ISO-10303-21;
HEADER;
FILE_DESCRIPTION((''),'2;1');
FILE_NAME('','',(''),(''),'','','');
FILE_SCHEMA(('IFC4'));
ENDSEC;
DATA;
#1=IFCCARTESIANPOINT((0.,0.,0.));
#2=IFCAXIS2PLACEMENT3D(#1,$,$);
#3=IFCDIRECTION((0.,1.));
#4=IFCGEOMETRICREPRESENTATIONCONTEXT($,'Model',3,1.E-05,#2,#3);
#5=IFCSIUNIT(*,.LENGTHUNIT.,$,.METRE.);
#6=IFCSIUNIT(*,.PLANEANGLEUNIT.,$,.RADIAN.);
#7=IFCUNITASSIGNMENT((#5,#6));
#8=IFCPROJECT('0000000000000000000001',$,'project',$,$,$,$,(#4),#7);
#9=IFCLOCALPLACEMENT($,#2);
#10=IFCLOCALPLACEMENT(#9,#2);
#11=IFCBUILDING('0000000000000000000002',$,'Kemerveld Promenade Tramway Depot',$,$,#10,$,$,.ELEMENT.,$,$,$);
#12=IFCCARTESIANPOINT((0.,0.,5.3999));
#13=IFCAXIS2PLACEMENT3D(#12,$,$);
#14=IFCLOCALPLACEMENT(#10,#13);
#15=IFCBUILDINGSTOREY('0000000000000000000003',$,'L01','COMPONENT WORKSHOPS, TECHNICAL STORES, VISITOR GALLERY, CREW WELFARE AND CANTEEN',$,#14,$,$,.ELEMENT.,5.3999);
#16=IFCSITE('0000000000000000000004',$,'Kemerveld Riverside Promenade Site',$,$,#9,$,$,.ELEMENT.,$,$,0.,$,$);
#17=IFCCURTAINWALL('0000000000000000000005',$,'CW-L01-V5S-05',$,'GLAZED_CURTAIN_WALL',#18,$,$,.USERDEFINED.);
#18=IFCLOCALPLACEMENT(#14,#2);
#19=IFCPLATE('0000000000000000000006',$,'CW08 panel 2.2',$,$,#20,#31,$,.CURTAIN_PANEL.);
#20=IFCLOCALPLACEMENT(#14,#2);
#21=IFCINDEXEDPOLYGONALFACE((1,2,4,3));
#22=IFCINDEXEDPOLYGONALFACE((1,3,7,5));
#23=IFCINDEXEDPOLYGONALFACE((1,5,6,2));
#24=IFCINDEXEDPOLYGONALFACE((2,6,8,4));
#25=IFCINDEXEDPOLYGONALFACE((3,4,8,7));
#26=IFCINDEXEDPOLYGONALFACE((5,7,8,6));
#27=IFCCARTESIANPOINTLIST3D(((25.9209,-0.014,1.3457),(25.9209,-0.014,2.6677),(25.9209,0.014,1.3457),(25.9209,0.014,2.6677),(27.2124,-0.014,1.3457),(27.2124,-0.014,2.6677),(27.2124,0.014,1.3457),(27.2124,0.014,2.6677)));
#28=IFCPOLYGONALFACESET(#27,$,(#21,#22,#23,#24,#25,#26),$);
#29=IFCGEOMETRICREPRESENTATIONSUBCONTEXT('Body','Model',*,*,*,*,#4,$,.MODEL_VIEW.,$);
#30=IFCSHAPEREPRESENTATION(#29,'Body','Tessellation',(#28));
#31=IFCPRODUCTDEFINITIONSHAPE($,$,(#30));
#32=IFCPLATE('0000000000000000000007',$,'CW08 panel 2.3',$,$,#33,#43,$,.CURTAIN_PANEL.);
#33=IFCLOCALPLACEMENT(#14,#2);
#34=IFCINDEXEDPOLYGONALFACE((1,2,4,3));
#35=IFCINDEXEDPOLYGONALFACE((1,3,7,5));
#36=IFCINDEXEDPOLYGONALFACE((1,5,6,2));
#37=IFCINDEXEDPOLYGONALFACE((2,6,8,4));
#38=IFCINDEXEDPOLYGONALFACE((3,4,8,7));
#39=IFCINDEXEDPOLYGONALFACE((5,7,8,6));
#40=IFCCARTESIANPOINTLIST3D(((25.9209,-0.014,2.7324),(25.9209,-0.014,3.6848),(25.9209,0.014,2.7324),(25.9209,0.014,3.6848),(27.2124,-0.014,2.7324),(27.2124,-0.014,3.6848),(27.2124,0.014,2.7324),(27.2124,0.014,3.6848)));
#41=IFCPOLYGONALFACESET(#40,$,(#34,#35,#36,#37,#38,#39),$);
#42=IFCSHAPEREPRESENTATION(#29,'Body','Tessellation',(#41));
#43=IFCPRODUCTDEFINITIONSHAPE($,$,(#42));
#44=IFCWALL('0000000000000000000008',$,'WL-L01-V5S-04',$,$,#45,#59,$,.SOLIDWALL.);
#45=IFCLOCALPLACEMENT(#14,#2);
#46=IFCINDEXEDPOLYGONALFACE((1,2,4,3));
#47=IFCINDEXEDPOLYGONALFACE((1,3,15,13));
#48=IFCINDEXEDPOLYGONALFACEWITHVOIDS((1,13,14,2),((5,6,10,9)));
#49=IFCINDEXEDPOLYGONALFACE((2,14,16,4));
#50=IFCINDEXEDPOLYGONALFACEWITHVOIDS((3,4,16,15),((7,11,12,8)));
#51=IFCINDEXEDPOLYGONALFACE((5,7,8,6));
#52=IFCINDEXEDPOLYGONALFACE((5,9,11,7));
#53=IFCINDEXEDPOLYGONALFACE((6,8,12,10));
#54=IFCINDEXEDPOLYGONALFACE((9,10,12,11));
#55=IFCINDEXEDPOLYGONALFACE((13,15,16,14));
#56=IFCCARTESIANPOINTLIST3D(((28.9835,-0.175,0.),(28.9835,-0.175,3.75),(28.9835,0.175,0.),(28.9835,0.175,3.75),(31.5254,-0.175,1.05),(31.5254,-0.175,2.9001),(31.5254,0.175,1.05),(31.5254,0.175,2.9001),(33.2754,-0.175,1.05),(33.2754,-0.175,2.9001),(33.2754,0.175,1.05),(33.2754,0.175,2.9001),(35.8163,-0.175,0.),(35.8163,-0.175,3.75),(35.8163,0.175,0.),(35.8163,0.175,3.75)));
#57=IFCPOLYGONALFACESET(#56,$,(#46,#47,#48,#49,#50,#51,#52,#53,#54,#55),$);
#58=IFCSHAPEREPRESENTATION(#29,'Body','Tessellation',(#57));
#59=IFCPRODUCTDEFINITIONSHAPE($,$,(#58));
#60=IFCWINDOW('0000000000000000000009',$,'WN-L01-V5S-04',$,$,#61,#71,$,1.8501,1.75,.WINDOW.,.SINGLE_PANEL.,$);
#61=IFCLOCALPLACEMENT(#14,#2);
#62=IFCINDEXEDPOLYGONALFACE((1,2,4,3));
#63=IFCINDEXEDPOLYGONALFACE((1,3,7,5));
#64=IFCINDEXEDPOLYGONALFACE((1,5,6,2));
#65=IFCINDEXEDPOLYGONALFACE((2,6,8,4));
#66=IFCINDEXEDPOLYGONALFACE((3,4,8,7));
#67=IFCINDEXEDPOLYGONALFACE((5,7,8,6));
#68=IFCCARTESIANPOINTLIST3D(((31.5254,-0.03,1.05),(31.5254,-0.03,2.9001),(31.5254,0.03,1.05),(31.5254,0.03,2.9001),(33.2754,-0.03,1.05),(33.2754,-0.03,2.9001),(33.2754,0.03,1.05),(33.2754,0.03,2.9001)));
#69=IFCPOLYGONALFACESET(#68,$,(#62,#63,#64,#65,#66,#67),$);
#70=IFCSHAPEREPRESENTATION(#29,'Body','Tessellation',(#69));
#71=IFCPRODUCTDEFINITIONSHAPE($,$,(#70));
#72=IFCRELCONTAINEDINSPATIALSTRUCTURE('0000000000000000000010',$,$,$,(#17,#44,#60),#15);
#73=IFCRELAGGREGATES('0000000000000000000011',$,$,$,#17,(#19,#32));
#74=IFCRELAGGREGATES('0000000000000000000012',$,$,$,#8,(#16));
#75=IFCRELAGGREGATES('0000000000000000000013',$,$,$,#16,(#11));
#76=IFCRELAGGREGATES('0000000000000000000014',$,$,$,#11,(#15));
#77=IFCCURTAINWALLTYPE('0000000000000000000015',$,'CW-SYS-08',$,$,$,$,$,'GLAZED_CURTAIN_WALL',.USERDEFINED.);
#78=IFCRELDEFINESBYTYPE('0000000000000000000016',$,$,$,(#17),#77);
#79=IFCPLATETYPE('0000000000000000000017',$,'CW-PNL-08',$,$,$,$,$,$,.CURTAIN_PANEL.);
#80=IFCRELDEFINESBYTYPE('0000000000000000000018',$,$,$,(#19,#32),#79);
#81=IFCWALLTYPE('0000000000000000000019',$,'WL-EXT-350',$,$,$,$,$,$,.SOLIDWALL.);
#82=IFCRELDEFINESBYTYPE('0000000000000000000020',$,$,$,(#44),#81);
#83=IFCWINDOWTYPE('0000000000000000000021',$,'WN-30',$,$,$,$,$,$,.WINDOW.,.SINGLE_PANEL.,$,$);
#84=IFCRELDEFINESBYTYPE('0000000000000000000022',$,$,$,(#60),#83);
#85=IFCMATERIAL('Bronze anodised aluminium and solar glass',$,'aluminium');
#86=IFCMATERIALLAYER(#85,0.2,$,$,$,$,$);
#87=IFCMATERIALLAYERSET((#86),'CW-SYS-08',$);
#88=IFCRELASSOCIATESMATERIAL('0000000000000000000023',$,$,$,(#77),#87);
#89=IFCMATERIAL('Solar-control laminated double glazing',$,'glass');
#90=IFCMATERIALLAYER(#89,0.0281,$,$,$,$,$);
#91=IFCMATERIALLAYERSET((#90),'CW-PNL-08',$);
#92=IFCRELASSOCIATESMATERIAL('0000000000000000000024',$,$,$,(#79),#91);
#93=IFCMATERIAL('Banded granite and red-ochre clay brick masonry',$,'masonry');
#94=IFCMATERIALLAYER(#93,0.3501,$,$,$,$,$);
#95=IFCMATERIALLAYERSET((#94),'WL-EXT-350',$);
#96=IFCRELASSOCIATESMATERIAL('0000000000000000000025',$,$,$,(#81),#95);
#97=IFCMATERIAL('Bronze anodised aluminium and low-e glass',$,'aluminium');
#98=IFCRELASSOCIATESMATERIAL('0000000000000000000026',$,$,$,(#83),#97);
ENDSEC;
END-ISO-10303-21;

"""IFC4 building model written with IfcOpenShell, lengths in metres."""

from ifc_helpers import new_model, si_unit, direction, frame, frame_2d, origin, origin_2d, place, context, subcontext, project, spatial, rectangle, extrude, material, layer, layer_set, type_object, element, fill, aggregate, save


model = new_model("IFC4")

# Units and contexts
model_context = context("Model", 3, precision=1e-05, world=origin(), true_north=direction((0.0, 1.0)))
body_context = subcontext(model_context, "Body", "Model", "MODEL_VIEW")
ifc_project = project(units=[si_unit("LENGTHUNIT", "METRE"), si_unit("PLANEANGLEUNIT", "RADIAN")], contexts=[model_context])

# Site, building, storey
site_placement = place(None, origin())
site = spatial("IfcSite", under=ifc_project, at=site_placement, Name="Kemerveld Riverside Promenade Site", CompositionType="ELEMENT", RefElevation=0.0)
building_placement = place(site_placement, origin())
building = spatial("IfcBuilding", under=site, at=building_placement, Name="Kemerveld Promenade Tramway Depot", CompositionType="ELEMENT")
storey_placement = place(building_placement, frame((0.0, 0.0, 5.3999)))
storey = spatial("IfcBuildingStorey", under=building, at=storey_placement, Name="L01", Description="COMPONENT WORKSHOPS, TECHNICAL STORES, VISITOR GALLERY, CREW WELFARE AND CANTEEN", CompositionType="ELEMENT", Elevation=5.3999)

# Curtain wall, plates
ifc_material_1 = material(Name="Bronze anodised aluminium and solar glass", Category="aluminium")
ifc_layer_1 = layer(ifc_material_1, 0.2)
ifc_layer_set_1 = layer_set([ifc_layer_1], Name="CW-SYS-08")
curtain_wall_type = type_object("IfcCurtainWallType", Name="CW-SYS-08", ElementType="GLAZED_CURTAIN_WALL", PredefinedType="USERDEFINED", material=ifc_layer_set_1)
curtain_wall_placement = place(storey_placement, origin())
curtain_wall = element("IfcCurtainWall", 1, at=curtain_wall_placement, inside=storey, type_object=curtain_wall_type, Name="CW-L01-V5S-05", ObjectType="GLAZED_CURTAIN_WALL", PredefinedType="USERDEFINED")
ifc_material_2 = material(Name="Solar-control laminated double glazing", Category="glass")
ifc_layer_2 = layer(ifc_material_2, 0.0281)
ifc_layer_set_2 = layer_set([ifc_layer_2], Name="CW-PNL-08")
plate_type = type_object("IfcPlateType", Name="CW-PNL-08", PredefinedType="CURTAIN_PANEL", material=ifc_layer_set_2)
plate_1_placement = place(storey_placement, frame((26.5667, 0.0, 1.3457), z_axis=(0.0, 0.0, 1.0), x_axis=(-1.0, 0.0, 0.0)))
plate_1 = element("IfcPlate", 2, at=plate_1_placement, type_object=plate_type, Name="CW08 panel 2.2", PredefinedType="CURTAIN_PANEL", context=body_context, shape_type="SweptSolid", body=[
    extrude(rectangle(XDim=1.2915, YDim=0.0281, at=origin_2d()), origin(), (0.0, 0.0, 1.0), 1.322),
])
plate_2_placement = place(storey_placement, frame((26.5667, 0.0, 2.7324), z_axis=(0.0, 0.0, 1.0), x_axis=(-1.0, 0.0, 0.0)))
plate_2 = element("IfcPlate", 3, at=plate_2_placement, type_object=plate_type, Name="CW08 panel 2.3", PredefinedType="CURTAIN_PANEL", context=body_context, shape_type="SweptSolid", body=[
    extrude(rectangle(XDim=1.2915, YDim=0.0281, at=origin_2d()), origin(), (0.0, 0.0, 1.0), 0.9524),
])
aggregate(curtain_wall, [plate_1, plate_2])

# Wall, opening, window
ifc_material_3 = material(Name="Banded granite and red-ochre clay brick masonry", Category="masonry")
ifc_layer_3 = layer(ifc_material_3, 0.3501)
ifc_layer_set_3 = layer_set([ifc_layer_3], Name="WL-EXT-350")
wall_type = type_object("IfcWallType", Name="WL-EXT-350", PredefinedType="SOLIDWALL", material=ifc_layer_set_3)
wall_placement = place(storey_placement, frame((35.8164, 0.0, 0.0), z_axis=(0.0, 0.0, 1.0), x_axis=(-1.0, 0.0, 0.0)))
wall = element("IfcWall", 4, at=wall_placement, inside=storey, type_object=wall_type, Name="WL-L01-V5S-04", PredefinedType="SOLIDWALL", context=body_context, shape_type="SweptSolid", body=[
    extrude(rectangle(XDim=6.8328, YDim=0.3501, at=frame_2d((3.4165, 0.0))), origin(), (0.0, 0.0, 1.0), 3.75),
])
opening_placement = place(wall_placement, frame((2.541, 0.0, 1.05)))
opening = element("IfcOpeningElement", 5, at=opening_placement, cuts=wall, PredefinedType="OPENING", context=body_context, shape_type="SweptSolid", body=[
    extrude(rectangle(XDim=1.75, YDim=1.8501, at=frame_2d((0.875, 0.925))), frame((0.0, 0.1851, 0.0), z_axis=(0.0, -1.0, 0.0), x_axis=(1.0, 0.0, 0.0)), (0.0, 0.0, 1.0), 0.3701),
])
ifc_material_4 = material(Name="Bronze anodised aluminium and low-e glass", Category="aluminium")
window_type = type_object("IfcWindowType", Name="WN-30", PartitioningType="SINGLE_PANEL", PredefinedType="WINDOW", material=ifc_material_4)
window_placement = place(opening_placement, origin())
window = element("IfcWindow", 6, at=window_placement, inside=storey, type_object=window_type, Name="WN-L01-V5S-04", OverallHeight=1.8501, OverallWidth=1.75, PartitioningType="SINGLE_PANEL", PredefinedType="WINDOW", context=body_context, shape_type="SweptSolid", body=[
    extrude(rectangle(XDim=1.75, YDim=1.8501, at=frame_2d((0.875, 0.925))), frame((0.0, 0.03, 0.0), z_axis=(0.0, -1.0, 0.0), x_axis=(1.0, 0.0, 0.0)), (0.0, 0.0, 1.0), 0.0601),
])
fill(opening, window)

save(model, "model.ifc")
